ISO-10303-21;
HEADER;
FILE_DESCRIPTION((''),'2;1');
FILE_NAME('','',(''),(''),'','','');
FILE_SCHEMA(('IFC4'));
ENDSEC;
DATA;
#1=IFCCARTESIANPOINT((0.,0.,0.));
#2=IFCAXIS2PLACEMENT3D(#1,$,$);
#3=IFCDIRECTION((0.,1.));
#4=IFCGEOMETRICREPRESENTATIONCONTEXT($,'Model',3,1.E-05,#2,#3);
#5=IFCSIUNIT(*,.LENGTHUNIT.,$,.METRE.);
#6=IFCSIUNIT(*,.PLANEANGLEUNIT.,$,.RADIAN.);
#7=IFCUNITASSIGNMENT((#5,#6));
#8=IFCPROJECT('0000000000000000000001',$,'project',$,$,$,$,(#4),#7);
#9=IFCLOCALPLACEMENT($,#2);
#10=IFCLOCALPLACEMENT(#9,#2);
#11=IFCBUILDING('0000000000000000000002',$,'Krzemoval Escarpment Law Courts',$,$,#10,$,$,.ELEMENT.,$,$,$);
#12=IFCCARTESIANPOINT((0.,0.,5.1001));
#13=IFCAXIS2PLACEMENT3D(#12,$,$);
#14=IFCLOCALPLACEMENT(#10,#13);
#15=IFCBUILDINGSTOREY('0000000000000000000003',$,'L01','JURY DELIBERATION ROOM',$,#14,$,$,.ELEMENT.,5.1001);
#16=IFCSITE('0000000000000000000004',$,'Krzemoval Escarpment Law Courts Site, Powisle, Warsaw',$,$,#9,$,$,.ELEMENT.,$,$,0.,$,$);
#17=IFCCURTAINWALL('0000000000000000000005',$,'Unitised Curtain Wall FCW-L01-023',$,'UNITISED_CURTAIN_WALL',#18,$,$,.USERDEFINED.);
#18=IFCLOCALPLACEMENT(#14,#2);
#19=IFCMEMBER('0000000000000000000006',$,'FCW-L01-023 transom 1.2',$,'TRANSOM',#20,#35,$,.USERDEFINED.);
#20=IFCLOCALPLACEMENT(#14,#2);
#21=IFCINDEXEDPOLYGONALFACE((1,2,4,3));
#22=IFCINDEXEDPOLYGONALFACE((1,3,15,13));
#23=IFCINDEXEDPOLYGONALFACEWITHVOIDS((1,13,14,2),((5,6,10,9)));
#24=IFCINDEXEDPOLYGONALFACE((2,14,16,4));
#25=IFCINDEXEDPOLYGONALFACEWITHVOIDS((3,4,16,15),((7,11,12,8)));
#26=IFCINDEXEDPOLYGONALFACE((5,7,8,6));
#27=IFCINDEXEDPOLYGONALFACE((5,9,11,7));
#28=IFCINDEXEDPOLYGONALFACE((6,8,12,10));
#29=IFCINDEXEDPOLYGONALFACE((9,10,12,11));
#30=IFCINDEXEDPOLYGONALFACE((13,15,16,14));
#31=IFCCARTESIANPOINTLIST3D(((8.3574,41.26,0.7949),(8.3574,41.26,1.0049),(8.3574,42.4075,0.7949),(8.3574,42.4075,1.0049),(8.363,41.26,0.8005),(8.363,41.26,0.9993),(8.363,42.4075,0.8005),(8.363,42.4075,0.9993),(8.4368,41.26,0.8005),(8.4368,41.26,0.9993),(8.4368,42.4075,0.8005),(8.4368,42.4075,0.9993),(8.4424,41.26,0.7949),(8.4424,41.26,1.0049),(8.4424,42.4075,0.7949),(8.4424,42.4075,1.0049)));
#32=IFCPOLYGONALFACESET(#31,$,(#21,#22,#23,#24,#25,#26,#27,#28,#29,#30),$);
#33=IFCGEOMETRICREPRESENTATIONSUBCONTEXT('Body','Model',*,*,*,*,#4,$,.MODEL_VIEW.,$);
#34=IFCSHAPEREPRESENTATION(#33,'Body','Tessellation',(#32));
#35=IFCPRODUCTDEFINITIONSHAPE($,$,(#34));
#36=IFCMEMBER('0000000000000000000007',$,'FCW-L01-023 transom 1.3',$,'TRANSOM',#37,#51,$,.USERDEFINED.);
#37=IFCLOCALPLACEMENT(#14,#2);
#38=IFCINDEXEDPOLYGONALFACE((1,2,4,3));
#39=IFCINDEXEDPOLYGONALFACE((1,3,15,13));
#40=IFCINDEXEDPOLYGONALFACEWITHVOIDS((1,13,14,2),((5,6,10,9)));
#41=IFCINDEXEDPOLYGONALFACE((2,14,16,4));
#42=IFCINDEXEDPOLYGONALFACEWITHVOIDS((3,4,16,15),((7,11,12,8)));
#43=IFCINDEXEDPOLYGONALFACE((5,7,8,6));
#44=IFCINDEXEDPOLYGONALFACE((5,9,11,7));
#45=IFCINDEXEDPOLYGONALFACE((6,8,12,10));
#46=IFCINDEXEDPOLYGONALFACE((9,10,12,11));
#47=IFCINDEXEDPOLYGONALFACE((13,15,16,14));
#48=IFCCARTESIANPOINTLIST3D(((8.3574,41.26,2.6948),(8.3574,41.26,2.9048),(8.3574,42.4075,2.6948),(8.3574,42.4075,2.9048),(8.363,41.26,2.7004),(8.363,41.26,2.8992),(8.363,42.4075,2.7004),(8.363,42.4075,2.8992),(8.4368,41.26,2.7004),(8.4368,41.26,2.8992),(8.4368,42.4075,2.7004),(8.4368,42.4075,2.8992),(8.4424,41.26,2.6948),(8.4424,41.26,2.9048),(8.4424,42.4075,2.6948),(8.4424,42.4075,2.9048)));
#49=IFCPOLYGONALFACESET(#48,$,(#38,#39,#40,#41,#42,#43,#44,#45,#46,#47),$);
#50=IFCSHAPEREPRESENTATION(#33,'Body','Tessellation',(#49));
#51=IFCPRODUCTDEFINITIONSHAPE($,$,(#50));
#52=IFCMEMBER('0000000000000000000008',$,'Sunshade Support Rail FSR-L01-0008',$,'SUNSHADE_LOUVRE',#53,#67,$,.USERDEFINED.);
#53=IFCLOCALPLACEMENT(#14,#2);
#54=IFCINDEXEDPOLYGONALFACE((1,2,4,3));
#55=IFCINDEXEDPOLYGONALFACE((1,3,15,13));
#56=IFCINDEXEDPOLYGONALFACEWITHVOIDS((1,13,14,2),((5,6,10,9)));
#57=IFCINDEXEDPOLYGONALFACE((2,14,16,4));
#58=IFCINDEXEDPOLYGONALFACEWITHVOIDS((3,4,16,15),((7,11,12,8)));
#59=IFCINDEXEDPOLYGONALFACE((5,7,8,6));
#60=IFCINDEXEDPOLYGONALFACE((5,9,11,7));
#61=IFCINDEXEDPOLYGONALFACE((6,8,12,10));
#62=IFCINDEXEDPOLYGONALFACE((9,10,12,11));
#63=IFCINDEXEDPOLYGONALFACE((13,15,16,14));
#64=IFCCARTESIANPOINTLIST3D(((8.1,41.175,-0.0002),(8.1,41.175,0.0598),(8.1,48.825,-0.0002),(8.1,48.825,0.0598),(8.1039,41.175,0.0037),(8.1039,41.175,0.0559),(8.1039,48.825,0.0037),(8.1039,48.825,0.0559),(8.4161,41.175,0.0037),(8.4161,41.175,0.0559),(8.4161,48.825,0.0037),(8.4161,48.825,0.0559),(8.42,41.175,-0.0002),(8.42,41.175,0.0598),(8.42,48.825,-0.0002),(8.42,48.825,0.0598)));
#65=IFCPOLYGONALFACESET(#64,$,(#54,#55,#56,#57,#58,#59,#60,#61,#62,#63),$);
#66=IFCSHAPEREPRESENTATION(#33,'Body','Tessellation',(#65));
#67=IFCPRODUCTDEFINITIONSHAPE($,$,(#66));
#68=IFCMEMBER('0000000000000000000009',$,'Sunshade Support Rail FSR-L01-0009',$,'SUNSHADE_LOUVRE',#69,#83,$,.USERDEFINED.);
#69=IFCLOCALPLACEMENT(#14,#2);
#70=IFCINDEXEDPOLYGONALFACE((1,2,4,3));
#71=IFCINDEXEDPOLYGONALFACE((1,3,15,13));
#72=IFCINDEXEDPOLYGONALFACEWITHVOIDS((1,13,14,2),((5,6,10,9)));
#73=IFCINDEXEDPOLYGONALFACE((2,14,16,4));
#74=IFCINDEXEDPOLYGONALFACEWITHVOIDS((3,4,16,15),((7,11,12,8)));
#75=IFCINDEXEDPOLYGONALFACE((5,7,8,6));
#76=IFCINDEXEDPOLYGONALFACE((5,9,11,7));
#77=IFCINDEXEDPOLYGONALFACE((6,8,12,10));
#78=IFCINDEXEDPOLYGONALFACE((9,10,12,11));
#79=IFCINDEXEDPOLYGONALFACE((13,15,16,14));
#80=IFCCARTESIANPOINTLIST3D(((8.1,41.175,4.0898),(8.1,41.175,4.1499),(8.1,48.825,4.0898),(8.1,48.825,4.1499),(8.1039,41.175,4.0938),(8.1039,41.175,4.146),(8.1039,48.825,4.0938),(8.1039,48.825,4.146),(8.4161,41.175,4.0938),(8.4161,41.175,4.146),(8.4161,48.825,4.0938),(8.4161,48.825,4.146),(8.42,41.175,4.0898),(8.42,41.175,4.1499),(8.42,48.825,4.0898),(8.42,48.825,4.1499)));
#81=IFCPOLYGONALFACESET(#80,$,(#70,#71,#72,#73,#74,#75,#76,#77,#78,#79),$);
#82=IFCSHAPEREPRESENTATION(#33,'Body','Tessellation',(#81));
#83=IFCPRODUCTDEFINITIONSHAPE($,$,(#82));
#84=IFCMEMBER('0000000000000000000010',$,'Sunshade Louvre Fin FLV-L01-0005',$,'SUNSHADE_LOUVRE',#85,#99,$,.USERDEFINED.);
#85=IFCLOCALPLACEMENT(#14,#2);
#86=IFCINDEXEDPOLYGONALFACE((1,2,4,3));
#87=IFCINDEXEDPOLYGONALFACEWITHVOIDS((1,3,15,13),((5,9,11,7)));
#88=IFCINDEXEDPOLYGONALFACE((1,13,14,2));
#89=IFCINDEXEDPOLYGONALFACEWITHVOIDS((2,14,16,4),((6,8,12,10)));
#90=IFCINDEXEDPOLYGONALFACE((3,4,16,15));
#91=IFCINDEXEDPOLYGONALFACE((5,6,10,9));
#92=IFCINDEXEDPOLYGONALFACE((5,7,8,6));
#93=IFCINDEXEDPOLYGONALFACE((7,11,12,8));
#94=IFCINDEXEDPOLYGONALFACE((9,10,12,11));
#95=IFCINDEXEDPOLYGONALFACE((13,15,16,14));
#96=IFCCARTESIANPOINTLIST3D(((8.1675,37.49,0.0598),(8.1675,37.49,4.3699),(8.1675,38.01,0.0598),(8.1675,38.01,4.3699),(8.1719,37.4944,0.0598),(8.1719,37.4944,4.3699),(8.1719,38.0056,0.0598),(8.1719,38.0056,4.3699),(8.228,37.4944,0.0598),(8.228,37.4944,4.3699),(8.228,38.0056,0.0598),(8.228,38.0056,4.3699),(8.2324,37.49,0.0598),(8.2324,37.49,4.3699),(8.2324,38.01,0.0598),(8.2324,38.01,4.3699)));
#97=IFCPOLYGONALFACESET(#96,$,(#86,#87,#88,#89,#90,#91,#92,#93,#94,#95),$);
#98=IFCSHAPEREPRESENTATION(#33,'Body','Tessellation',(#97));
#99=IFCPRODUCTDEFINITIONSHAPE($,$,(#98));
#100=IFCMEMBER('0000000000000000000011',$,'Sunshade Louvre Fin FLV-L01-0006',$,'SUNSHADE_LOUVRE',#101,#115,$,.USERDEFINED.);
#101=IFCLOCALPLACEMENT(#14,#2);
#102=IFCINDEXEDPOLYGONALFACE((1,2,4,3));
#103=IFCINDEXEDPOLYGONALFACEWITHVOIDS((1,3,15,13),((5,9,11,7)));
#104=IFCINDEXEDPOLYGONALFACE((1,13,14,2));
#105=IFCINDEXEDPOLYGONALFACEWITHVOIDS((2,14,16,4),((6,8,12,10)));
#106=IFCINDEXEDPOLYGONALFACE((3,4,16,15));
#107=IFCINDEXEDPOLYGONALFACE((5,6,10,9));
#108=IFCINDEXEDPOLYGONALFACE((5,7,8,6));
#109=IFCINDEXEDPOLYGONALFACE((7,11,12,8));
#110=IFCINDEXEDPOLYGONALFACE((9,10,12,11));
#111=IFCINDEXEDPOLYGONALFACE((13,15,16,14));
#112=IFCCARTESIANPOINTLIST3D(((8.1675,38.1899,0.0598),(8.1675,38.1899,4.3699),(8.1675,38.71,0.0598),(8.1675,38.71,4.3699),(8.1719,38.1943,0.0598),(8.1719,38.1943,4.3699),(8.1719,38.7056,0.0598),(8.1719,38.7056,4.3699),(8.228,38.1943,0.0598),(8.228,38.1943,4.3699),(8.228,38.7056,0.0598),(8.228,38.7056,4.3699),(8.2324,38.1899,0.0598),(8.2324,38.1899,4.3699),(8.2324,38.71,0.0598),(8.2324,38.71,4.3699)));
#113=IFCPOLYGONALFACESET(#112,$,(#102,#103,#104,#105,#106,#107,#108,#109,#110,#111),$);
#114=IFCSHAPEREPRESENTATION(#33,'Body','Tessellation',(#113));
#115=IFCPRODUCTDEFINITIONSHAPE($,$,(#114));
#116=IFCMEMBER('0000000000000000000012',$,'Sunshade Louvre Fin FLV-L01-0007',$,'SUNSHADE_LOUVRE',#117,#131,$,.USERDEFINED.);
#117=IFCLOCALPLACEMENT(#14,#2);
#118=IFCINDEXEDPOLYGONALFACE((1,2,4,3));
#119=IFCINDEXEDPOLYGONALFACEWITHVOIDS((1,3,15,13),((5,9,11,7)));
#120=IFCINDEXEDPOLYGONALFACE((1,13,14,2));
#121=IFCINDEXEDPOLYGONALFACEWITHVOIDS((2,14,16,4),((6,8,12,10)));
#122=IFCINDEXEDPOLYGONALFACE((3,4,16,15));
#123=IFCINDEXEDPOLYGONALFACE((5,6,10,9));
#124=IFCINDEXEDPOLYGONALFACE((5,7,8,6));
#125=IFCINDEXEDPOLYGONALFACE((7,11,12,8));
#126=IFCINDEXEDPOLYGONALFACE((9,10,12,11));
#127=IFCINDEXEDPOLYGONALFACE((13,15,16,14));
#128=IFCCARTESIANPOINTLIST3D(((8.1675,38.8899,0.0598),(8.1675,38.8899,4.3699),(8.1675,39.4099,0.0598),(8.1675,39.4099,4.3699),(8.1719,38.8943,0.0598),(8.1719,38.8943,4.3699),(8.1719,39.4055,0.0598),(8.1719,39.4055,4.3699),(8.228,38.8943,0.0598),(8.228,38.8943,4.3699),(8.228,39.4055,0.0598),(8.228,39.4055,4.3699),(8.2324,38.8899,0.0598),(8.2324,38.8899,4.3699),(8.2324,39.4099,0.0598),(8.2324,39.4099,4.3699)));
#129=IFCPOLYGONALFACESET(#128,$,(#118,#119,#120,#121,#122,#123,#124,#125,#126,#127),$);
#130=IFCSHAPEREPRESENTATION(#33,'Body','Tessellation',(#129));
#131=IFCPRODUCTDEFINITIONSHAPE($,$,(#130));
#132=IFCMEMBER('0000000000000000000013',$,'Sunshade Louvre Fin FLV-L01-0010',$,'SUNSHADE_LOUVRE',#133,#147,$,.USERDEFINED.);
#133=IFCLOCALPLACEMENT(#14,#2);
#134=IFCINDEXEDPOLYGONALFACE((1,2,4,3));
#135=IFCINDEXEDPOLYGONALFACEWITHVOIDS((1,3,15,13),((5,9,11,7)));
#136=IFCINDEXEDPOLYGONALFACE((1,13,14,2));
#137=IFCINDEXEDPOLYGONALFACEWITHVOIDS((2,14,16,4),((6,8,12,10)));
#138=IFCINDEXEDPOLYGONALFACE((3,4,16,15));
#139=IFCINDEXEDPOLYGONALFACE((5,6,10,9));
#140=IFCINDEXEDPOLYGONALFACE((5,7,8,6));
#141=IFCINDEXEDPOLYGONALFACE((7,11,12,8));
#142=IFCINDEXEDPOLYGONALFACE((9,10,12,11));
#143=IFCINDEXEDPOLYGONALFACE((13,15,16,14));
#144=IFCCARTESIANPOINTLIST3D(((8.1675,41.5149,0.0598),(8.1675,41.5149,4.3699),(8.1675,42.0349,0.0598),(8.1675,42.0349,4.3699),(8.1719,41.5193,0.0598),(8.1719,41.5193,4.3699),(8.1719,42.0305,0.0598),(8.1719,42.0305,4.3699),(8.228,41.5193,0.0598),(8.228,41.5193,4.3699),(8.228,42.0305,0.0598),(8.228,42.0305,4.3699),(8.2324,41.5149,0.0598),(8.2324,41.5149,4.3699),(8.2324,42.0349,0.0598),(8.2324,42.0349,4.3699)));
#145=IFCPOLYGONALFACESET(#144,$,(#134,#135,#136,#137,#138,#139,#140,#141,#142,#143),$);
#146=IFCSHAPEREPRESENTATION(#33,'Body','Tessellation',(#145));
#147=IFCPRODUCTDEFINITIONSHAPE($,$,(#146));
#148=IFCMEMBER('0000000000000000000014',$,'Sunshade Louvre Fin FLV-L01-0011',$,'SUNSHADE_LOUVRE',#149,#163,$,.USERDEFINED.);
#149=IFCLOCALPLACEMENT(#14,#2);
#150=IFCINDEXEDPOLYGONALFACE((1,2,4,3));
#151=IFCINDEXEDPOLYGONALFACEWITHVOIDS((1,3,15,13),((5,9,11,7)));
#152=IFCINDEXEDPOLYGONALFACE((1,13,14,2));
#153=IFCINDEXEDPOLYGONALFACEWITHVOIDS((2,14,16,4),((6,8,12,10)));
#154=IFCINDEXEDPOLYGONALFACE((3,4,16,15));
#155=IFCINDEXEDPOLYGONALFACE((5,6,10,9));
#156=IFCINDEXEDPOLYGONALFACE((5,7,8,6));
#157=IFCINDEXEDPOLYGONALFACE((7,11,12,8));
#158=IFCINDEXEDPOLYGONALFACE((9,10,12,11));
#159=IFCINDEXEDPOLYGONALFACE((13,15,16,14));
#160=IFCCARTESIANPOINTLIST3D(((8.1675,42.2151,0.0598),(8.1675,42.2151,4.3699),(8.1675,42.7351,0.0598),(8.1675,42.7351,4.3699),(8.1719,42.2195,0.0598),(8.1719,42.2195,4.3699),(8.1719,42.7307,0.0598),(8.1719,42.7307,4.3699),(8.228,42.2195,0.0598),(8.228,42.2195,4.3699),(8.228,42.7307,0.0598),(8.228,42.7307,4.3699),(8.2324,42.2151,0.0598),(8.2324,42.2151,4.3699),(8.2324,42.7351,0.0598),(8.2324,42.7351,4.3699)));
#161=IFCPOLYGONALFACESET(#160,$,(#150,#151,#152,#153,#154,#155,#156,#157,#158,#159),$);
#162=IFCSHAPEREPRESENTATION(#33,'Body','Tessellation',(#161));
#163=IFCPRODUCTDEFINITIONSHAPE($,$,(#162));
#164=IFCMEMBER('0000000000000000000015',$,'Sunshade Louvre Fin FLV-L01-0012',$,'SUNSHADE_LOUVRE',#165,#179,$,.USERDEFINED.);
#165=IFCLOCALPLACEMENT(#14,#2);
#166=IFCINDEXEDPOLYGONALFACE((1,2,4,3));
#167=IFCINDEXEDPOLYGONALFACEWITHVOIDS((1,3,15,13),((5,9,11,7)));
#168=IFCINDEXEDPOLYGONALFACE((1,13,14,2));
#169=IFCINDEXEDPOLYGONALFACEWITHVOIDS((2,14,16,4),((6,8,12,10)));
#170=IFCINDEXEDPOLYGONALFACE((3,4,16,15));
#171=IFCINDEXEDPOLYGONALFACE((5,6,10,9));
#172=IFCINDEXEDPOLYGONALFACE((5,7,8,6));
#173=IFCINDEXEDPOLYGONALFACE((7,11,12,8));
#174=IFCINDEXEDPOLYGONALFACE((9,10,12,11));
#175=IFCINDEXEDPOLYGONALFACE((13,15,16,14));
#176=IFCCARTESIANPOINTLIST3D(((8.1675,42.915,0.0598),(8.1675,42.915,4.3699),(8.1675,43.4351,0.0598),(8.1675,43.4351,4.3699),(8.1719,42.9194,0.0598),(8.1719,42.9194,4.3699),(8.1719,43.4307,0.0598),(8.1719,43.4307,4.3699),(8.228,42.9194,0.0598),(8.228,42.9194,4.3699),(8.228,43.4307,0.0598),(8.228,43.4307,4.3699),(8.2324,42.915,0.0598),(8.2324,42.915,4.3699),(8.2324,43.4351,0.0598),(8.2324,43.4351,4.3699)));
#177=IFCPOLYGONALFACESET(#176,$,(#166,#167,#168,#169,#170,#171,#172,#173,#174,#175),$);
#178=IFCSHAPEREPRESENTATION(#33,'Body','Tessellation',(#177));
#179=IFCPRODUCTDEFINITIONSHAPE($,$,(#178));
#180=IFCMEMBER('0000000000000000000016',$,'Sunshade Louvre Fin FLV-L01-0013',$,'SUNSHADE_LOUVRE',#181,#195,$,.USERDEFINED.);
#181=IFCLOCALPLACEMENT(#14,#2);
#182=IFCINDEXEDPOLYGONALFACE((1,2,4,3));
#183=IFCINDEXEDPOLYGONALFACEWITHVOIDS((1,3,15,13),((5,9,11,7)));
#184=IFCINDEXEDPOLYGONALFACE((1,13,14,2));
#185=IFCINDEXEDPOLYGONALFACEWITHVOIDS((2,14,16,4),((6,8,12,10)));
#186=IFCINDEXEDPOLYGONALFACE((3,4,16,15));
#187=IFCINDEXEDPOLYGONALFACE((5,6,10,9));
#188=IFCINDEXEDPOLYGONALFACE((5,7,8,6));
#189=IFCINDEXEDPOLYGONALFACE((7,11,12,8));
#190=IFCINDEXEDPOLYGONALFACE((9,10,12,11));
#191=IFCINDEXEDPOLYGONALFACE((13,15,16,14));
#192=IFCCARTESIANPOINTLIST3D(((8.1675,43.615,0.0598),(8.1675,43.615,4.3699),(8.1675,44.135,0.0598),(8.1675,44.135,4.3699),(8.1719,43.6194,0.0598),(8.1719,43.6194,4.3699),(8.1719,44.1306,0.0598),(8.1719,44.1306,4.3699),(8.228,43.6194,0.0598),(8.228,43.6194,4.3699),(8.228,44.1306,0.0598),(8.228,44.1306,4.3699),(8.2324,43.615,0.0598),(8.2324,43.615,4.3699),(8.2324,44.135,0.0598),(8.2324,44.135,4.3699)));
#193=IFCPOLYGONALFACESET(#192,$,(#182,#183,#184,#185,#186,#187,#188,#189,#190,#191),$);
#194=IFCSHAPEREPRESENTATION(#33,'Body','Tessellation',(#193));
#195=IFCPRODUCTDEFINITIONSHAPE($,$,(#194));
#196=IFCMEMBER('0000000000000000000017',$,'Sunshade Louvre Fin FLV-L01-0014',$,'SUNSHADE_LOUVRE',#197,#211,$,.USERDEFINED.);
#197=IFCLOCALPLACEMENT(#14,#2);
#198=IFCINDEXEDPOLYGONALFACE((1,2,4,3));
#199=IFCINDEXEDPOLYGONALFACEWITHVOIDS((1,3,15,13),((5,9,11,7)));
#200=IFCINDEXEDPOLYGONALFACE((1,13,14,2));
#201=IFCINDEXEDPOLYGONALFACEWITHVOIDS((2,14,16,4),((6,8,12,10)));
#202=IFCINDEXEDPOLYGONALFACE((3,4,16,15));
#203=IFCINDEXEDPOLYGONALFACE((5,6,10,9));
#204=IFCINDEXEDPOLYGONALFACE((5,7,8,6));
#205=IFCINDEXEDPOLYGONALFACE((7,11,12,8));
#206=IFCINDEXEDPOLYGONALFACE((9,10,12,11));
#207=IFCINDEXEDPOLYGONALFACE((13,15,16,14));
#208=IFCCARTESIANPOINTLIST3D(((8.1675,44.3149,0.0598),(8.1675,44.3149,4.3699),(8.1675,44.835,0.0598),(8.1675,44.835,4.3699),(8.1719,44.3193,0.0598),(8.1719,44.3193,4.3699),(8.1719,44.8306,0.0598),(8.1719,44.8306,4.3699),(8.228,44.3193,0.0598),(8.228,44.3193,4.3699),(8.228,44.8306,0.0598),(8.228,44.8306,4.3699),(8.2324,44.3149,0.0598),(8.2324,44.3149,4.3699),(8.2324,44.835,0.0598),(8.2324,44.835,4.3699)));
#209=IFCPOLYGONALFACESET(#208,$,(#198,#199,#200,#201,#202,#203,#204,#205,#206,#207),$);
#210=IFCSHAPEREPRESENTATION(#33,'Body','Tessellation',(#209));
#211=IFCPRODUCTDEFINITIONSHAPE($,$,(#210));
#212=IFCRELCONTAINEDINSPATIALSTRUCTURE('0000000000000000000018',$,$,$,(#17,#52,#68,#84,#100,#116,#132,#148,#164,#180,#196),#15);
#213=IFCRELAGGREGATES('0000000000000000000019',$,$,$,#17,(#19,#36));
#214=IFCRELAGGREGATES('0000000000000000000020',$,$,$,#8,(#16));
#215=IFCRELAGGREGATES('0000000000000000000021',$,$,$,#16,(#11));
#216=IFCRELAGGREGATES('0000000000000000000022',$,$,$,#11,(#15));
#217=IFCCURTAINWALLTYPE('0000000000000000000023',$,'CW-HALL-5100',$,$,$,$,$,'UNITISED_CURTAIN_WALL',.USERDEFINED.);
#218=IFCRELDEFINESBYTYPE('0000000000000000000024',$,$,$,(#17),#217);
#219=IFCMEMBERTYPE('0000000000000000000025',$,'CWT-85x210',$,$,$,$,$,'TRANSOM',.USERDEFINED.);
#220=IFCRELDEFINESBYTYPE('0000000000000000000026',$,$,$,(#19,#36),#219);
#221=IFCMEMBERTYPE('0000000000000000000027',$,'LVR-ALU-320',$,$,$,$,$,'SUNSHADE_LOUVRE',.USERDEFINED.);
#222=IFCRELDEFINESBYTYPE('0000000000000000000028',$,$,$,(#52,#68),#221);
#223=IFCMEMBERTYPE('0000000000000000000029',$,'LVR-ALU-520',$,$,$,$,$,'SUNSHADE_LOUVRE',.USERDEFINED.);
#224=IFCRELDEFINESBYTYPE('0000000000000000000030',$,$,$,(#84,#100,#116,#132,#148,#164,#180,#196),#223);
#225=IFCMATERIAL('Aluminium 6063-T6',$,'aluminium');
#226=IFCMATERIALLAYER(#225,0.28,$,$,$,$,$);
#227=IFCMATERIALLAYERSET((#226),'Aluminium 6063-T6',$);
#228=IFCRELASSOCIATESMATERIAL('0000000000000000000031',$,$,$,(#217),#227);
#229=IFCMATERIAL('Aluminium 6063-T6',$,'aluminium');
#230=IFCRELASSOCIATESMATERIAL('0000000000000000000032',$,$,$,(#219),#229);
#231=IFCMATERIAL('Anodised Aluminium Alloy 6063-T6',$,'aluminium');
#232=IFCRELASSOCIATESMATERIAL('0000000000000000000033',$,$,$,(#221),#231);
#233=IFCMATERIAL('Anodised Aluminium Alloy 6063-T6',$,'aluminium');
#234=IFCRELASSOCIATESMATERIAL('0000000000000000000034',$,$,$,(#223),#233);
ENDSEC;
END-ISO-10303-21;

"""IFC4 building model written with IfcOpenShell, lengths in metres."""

from ifc_helpers import new_model, si_unit, direction, frame, origin, origin_2d, place, context, subcontext, project, spatial, hollow_rectangle, extrude, material, layer, layer_set, material_profile, profile_set, type_object, element, aggregate, save


model = new_model("IFC4")

# Units and contexts
model_context = context("Model", 3, precision=1e-05, world=origin(), true_north=direction((0.0, 1.0)))
body_context = subcontext(model_context, "Body", "Model", "MODEL_VIEW")
ifc_project = project(units=[si_unit("LENGTHUNIT", "METRE"), si_unit("PLANEANGLEUNIT", "RADIAN")], contexts=[model_context])

# Site, building, storey
site_placement = place(None, origin())
site = spatial("IfcSite", under=ifc_project, at=site_placement, Name="Krzemoval Escarpment Law Courts Site, Powisle, Warsaw", CompositionType="ELEMENT", RefElevation=0.0)
building_placement = place(site_placement, origin())
building = spatial("IfcBuilding", under=site, at=building_placement, Name="Krzemoval Escarpment Law Courts", CompositionType="ELEMENT")
storey_placement = place(building_placement, frame((0.0, 0.0, 5.1001)))
storey = spatial("IfcBuildingStorey", under=building, at=storey_placement, Name="L01", Description="JURY DELIBERATION ROOM", CompositionType="ELEMENT", Elevation=5.1001)

# Shared definitions
ifc_material_1 = material(Name="Aluminium 6063-T6", Category="aluminium")
ifc_layer_1 = layer(ifc_material_1, 0.28)
ifc_layer_set_1 = layer_set([ifc_layer_1], Name="Aluminium 6063-T6")
curtain_wall_type = type_object("IfcCurtainWallType", Name="CW-HALL-5100", ElementType="UNITISED_CURTAIN_WALL", PredefinedType="USERDEFINED", material=ifc_layer_set_1)

# Curtain wall
curtain_wall_1_placement = place(storey_placement, origin())
curtain_wall_1 = element("IfcCurtainWall", 1, at=curtain_wall_1_placement, inside=storey, type_object=curtain_wall_type, Name="Unitised Curtain Wall FCW-L01-023", ObjectType="UNITISED_CURTAIN_WALL", PredefinedType="USERDEFINED")

# Members
ifc_material_2 = material(Name="Aluminium 6063-T6", Category="aluminium")
ifc_material_profile_1 = material_profile(ifc_material_2, hollow_rectangle(XDim=0.085, YDim=0.21, WallThickness=0.0056, at=origin_2d()), Name="ALU T85x210")
ifc_profile_set_1 = profile_set([ifc_material_profile_1], Name="Aluminium 6063-T6")
member_type_1 = type_object("IfcMemberType", Name="CWT-85x210", ElementType="TRANSOM", PredefinedType="USERDEFINED", material=ifc_profile_set_1)
member_1_placement = place(storey_placement, frame((8.3999, 41.26, 0.8999), z_axis=(0.0, 1.0, 0.0), x_axis=(-1.0, 0.0, 0.0)))
member_1 = element("IfcMember", 2, at=member_1_placement, type_object=member_type_1, Name="FCW-L01-023 transom 1.2", ObjectType="TRANSOM", PredefinedType="USERDEFINED", context=body_context, shape_type="SweptSolid", body=[
    extrude(hollow_rectangle(XDim=0.085, YDim=0.21, WallThickness=0.0056, at=origin_2d()), origin(), (0.0, 0.0, 1.0), 1.1475),
])
member_2_placement = place(storey_placement, frame((8.3999, 41.26, 2.7998), z_axis=(0.0, 1.0, 0.0), x_axis=(-1.0, 0.0, 0.0)))
member_2 = element("IfcMember", 3, at=member_2_placement, type_object=member_type_1, Name="FCW-L01-023 transom 1.3", ObjectType="TRANSOM", PredefinedType="USERDEFINED", context=body_context, shape_type="SweptSolid", body=[
    extrude(hollow_rectangle(XDim=0.085, YDim=0.21, WallThickness=0.0056, at=origin_2d()), origin(), (0.0, 0.0, 1.0), 1.1475),
])
aggregate(curtain_wall_1, [member_1, member_2])

# Members
ifc_material_3 = material(Name="Anodised Aluminium Alloy 6063-T6", Category="aluminium")
ifc_material_profile_2 = material_profile(ifc_material_3, hollow_rectangle(XDim=0.0601, YDim=0.3201, WallThickness=0.0039, at=origin_2d()), Name="ALU LVR 60x320")
ifc_profile_set_2 = profile_set([ifc_material_profile_2], Name="Anodised Aluminium Alloy 6063-T6")
member_type_2 = type_object("IfcMemberType", Name="LVR-ALU-320", ElementType="SUNSHADE_LOUVRE", PredefinedType="USERDEFINED", material=ifc_profile_set_2)
for number, where, z_axis, x_axis, name in (
    (4, (8.26, 41.175, 0.0298), (0.0, 1.0, 0.0), (0.0, 0.0, 1.0), "Sunshade Support Rail FSR-L01-0008"),
    (5, (8.26, 41.175, 4.1199), (0.0, 1.0, 0.0), (0.0, 0.0, 1.0), "Sunshade Support Rail FSR-L01-0009"),
):
    element("IfcMember", number, at=place(storey_placement, frame(where, z_axis=z_axis, x_axis=x_axis)), inside=storey, type_object=member_type_2, Name=name, ObjectType="SUNSHADE_LOUVRE", PredefinedType="USERDEFINED", context=body_context, shape_type="SweptSolid", body=[
        extrude(hollow_rectangle(XDim=0.0601, YDim=0.3201, WallThickness=0.0039, at=origin_2d()), origin(), (0.0, 0.0, 1.0), 7.6499),
    ])
ifc_material_4 = material(Name="Anodised Aluminium Alloy 6063-T6", Category="aluminium")
ifc_material_profile_3 = material_profile(ifc_material_4, hollow_rectangle(XDim=0.0649, YDim=0.52, WallThickness=0.0044, at=origin_2d()), Name="ALU LVR 65x520")
ifc_profile_set_3 = profile_set([ifc_material_profile_3], Name="Anodised Aluminium Alloy 6063-T6")
member_type_3 = type_object("IfcMemberType", Name="LVR-ALU-520", ElementType="SUNSHADE_LOUVRE", PredefinedType="USERDEFINED", material=ifc_profile_set_3)
for number, where, z_axis, x_axis, name in (
    (6, (8.2, 37.75, 0.0598), (0.0, 0.0, 1.0), (1.0, 0.0, 0.0), "Sunshade Louvre Fin FLV-L01-0005"),
    (7, (8.2, 38.45, 0.0598), (0.0, 0.0, 1.0), (1.0, 0.0, 0.0), "Sunshade Louvre Fin FLV-L01-0006"),
    (8, (8.2, 39.1499, 0.0598), (0.0, 0.0, 1.0), (1.0, 0.0, 0.0), "Sunshade Louvre Fin FLV-L01-0007"),
    (9, (8.2, 41.7749, 0.0598), (0.0, 0.0, 1.0), (1.0, 0.0, 0.0), "Sunshade Louvre Fin FLV-L01-0010"),
    (10, (8.2, 42.4751, 0.0598), (0.0, 0.0, 1.0), (1.0, 0.0, 0.0), "Sunshade Louvre Fin FLV-L01-0011"),
    (11, (8.2, 43.175, 0.0598), (0.0, 0.0, 1.0), (1.0, 0.0, 0.0), "Sunshade Louvre Fin FLV-L01-0012"),
    (12, (8.2, 43.875, 0.0598), (0.0, 0.0, 1.0), (1.0, 0.0, 0.0), "Sunshade Louvre Fin FLV-L01-0013"),
    (13, (8.2, 44.575, 0.0598), (0.0, 0.0, 1.0), (1.0, 0.0, 0.0), "Sunshade Louvre Fin FLV-L01-0014"),
):
    element("IfcMember", number, at=place(storey_placement, frame(where, z_axis=z_axis, x_axis=x_axis)), inside=storey, type_object=member_type_3, Name=name, ObjectType="SUNSHADE_LOUVRE", PredefinedType="USERDEFINED", context=body_context, shape_type="SweptSolid", body=[
        extrude(hollow_rectangle(XDim=0.0649, YDim=0.52, WallThickness=0.0044, at=origin_2d()), origin(), (0.0, 0.0, 1.0), 4.3101),
    ])

save(model, "model.ifc")
